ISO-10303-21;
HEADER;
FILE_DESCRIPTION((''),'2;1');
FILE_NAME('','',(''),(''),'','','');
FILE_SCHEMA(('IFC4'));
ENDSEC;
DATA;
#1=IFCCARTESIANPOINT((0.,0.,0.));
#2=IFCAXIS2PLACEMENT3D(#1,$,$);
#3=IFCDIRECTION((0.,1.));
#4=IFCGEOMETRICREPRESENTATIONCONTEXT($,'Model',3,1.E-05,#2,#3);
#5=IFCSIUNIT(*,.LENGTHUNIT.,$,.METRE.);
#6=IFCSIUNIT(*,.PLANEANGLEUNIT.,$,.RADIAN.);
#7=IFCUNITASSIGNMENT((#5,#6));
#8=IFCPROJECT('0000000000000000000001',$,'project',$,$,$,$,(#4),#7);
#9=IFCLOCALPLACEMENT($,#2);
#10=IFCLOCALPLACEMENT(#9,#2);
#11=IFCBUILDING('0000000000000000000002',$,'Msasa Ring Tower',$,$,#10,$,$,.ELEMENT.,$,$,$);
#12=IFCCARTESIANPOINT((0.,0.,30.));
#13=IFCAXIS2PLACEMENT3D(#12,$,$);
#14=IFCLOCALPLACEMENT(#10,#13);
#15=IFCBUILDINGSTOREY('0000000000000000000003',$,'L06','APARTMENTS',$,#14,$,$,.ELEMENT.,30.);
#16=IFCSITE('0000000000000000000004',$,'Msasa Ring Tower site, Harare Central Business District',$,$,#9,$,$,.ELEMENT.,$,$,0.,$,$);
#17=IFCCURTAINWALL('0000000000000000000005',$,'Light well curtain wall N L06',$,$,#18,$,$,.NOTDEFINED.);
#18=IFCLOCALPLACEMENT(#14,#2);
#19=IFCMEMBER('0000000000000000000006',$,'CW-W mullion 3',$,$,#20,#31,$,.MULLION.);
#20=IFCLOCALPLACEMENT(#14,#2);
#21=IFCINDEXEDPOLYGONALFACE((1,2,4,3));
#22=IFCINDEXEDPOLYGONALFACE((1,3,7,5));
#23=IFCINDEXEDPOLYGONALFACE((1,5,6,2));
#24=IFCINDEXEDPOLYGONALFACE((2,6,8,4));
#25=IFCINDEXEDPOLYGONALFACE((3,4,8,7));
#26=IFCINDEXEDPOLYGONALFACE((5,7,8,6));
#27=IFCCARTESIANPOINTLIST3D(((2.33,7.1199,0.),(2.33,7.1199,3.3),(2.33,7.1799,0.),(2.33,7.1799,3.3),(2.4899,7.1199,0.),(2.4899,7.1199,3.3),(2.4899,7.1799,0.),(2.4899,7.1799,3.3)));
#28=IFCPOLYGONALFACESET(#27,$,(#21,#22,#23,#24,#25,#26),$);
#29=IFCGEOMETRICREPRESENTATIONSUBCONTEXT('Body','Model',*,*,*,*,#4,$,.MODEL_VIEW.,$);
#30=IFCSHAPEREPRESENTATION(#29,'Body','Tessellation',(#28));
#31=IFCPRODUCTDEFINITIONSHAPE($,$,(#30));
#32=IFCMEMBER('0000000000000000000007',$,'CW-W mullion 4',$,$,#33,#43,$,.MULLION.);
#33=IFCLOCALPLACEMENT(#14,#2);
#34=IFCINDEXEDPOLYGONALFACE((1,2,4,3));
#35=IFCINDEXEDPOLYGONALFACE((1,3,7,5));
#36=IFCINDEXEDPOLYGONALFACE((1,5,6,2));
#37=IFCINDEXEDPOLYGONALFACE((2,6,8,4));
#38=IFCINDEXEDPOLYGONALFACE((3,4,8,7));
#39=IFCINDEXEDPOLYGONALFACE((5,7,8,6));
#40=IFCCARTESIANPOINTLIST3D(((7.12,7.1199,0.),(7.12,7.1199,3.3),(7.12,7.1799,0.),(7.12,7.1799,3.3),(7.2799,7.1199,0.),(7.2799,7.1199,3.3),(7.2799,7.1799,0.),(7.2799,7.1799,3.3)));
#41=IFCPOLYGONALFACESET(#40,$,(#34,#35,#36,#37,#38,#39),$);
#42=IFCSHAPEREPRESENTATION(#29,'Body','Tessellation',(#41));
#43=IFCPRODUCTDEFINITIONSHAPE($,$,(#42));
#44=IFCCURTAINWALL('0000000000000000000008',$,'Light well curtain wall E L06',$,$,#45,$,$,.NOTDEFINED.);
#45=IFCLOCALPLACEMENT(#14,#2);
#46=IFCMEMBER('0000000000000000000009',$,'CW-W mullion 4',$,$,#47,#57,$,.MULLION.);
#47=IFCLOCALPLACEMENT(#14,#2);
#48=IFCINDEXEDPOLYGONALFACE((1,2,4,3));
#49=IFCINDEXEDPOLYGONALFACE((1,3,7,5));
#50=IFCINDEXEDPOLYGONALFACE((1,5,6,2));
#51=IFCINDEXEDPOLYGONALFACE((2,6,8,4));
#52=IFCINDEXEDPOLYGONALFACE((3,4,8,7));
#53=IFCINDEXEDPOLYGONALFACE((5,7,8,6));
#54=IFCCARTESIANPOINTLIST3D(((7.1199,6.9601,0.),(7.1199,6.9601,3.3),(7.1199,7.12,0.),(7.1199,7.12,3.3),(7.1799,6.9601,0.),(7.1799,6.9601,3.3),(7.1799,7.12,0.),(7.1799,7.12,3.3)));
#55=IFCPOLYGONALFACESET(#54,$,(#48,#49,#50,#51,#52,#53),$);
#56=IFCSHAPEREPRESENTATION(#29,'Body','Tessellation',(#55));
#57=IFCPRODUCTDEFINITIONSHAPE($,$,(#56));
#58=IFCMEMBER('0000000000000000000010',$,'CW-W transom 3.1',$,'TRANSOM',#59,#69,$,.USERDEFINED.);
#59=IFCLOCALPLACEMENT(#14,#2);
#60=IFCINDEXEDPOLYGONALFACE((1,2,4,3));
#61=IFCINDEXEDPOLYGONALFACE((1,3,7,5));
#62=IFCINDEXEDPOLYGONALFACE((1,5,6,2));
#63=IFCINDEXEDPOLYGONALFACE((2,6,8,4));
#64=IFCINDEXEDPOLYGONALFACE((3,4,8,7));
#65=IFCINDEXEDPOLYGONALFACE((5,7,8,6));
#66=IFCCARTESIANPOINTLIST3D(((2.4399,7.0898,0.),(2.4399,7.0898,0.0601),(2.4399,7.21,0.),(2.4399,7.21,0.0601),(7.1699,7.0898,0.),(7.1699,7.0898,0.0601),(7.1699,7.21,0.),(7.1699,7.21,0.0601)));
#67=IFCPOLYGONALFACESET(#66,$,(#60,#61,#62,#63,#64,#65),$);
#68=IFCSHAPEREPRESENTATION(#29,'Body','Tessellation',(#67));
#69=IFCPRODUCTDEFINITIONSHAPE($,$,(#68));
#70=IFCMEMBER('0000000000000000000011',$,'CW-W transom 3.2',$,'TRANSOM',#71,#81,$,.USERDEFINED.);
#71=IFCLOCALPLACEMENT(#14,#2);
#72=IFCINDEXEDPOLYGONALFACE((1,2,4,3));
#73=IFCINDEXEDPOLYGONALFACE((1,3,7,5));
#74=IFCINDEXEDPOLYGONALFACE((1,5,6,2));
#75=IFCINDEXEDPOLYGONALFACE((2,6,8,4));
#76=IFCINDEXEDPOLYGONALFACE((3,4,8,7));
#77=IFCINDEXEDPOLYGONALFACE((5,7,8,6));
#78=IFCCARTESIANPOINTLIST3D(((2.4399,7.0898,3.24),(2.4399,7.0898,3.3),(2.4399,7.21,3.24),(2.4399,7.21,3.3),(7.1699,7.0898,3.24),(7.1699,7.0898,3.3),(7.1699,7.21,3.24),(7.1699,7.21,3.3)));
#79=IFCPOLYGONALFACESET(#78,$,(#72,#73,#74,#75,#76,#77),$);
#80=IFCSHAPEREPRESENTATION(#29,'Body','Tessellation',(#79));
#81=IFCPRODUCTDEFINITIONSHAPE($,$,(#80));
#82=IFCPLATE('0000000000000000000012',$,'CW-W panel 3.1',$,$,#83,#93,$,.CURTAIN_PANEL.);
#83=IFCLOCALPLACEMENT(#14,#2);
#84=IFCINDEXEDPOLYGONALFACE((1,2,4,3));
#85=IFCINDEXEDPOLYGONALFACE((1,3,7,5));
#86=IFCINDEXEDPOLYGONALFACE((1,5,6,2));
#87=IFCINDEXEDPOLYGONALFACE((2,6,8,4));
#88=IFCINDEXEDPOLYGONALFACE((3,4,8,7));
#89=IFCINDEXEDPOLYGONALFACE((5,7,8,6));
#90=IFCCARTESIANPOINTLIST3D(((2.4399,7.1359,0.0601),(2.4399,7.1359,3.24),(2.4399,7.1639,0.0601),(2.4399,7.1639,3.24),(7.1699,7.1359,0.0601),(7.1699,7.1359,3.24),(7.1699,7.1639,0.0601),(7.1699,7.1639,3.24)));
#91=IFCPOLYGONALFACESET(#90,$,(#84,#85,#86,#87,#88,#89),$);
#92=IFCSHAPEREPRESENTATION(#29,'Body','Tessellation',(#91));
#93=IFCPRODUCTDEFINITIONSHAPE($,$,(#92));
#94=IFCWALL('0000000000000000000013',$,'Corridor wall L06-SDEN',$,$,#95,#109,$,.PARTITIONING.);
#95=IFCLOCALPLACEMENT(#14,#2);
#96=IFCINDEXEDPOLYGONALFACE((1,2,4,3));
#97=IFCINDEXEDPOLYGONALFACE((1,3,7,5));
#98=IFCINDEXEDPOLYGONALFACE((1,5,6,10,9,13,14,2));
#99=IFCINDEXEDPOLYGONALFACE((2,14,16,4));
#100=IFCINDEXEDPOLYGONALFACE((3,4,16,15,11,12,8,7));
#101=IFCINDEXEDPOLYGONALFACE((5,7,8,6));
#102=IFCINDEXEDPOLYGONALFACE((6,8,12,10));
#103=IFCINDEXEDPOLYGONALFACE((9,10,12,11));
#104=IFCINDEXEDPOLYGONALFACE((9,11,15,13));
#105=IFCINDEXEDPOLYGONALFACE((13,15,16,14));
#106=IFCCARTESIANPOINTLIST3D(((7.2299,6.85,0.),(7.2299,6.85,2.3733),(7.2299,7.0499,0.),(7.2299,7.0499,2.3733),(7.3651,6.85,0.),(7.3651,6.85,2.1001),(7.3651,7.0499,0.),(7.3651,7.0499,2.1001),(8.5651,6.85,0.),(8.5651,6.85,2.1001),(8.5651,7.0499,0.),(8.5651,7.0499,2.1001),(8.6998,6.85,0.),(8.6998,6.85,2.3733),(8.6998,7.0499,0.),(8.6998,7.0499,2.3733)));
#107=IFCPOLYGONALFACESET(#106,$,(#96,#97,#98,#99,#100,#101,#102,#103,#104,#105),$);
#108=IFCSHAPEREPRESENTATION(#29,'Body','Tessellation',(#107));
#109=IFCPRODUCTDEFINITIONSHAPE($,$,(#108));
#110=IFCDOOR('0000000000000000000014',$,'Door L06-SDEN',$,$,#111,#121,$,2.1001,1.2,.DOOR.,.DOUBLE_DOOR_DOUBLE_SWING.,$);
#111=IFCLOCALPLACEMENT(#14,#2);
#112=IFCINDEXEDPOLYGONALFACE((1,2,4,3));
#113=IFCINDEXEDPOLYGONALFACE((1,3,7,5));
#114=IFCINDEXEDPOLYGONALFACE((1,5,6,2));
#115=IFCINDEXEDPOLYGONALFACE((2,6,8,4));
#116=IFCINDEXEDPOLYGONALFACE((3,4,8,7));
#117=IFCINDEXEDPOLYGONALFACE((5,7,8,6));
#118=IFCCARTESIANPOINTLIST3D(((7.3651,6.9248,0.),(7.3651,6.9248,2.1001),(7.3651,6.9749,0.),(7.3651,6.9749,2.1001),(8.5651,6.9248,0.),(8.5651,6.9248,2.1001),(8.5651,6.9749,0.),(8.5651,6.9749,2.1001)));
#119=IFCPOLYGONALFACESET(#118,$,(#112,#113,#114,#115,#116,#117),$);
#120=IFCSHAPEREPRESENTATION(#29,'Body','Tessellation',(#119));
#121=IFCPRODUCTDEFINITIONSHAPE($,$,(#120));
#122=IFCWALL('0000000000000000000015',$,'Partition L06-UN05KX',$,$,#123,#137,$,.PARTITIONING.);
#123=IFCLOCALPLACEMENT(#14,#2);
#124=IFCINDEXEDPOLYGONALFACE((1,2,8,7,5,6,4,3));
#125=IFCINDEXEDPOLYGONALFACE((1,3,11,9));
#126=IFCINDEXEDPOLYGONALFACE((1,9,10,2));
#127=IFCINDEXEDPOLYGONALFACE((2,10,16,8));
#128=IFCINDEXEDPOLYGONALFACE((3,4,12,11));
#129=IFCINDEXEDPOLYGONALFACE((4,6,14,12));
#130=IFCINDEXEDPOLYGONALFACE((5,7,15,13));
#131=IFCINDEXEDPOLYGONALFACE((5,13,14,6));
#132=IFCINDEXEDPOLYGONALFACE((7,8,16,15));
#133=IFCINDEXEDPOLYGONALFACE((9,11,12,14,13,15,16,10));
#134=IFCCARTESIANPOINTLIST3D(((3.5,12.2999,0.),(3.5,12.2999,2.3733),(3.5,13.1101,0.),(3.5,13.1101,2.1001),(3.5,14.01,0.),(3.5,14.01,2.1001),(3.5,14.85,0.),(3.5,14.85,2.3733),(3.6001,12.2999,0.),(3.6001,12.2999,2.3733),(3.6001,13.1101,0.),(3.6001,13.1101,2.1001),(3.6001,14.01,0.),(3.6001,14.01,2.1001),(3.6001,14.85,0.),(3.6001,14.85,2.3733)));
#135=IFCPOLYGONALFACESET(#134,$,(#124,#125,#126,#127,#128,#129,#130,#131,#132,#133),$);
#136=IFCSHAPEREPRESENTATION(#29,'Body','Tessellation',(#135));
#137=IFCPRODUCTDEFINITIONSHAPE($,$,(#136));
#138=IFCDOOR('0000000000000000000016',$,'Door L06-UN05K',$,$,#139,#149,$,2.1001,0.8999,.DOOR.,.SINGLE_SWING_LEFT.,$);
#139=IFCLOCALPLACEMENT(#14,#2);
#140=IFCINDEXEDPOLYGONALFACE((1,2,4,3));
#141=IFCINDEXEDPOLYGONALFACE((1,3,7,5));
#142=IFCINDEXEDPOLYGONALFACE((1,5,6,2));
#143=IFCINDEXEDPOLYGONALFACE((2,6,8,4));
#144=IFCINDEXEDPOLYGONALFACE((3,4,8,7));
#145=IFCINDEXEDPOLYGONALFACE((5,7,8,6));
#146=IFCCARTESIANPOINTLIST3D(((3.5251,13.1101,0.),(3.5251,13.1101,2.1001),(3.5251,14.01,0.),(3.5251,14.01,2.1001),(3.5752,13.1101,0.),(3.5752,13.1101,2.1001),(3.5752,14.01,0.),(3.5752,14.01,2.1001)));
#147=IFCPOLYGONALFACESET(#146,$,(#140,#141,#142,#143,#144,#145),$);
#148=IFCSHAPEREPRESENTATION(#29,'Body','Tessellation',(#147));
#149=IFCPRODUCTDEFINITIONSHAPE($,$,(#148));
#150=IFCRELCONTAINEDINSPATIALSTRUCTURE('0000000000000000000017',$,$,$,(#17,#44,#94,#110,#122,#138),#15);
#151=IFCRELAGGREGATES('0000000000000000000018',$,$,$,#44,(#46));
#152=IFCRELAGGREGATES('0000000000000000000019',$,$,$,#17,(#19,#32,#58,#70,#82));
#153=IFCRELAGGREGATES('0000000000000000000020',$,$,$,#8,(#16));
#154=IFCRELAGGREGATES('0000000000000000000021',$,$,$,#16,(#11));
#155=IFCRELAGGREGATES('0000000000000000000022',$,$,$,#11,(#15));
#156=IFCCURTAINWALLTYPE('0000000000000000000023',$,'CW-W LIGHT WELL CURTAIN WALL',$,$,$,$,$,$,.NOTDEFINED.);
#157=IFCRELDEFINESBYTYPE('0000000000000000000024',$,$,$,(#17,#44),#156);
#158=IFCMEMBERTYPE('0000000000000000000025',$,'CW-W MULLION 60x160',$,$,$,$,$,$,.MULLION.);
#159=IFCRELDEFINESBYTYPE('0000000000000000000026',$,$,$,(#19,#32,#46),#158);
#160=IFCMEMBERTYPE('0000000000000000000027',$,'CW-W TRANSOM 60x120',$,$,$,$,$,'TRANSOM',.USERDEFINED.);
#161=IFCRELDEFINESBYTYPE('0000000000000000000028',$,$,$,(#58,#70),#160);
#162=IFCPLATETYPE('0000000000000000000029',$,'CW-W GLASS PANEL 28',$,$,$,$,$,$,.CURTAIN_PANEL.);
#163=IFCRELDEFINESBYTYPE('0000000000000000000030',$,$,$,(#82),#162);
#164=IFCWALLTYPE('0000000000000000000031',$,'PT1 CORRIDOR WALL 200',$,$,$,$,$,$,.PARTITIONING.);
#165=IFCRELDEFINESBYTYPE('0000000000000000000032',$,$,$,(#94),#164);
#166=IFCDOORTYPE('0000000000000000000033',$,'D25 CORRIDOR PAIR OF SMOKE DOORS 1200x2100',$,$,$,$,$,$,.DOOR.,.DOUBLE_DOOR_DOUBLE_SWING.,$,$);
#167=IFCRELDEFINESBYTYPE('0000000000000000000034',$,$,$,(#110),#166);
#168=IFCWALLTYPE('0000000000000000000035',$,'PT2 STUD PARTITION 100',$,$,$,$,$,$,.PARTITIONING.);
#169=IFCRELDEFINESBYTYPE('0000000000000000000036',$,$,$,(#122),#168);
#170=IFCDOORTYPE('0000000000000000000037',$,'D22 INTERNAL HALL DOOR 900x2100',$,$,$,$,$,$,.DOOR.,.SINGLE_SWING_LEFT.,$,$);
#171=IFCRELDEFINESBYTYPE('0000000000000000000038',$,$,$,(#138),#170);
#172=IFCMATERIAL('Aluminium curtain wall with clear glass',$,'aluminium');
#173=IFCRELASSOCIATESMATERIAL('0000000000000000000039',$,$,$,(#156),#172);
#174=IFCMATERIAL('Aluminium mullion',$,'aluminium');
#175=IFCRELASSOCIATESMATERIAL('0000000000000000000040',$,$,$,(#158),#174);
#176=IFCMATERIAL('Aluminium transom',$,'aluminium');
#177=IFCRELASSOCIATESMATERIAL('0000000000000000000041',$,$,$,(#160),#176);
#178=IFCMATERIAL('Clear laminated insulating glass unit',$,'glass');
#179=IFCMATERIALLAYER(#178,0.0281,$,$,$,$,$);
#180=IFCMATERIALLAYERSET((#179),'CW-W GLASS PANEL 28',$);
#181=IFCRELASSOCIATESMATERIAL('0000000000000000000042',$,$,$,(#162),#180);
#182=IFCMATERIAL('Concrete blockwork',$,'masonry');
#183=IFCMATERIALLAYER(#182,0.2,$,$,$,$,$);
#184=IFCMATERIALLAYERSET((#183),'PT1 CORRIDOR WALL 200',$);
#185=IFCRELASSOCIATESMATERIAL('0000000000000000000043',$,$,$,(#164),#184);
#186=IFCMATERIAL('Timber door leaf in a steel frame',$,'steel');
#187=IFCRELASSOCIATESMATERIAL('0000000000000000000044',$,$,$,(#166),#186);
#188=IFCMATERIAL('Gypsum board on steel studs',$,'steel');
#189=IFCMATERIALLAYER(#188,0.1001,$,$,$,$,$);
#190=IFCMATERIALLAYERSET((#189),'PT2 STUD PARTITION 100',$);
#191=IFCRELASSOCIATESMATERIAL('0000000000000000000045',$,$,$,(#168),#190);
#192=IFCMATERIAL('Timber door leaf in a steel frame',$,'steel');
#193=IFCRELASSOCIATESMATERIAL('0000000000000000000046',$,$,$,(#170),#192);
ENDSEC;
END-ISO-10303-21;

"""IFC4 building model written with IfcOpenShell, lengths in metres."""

from ifc_helpers import new_model, si_unit, direction, frame, frame_2d, origin, origin_2d, place, context, subcontext, project, spatial, rectangle, extrude, material, layer, layer_set, material_profile, profile_set, type_object, element, fill, aggregate, save


model = new_model("IFC4")

# Units and contexts
model_context = context("Model", 3, precision=1e-05, world=origin(), true_north=direction((0.0, 1.0)))
body_context = subcontext(model_context, "Body", "Model", "MODEL_VIEW")
ifc_project = project(units=[si_unit("LENGTHUNIT", "METRE"), si_unit("PLANEANGLEUNIT", "RADIAN")], contexts=[model_context])

# Site, building, storey
site_placement = place(None, origin())
site = spatial("IfcSite", under=ifc_project, at=site_placement, Name="Msasa Ring Tower site, Harare Central Business District", CompositionType="ELEMENT", RefElevation=0.0)
building_placement = place(site_placement, origin())
building = spatial("IfcBuilding", under=site, at=building_placement, Name="Msasa Ring Tower", CompositionType="ELEMENT")
storey_placement = place(building_placement, frame((0.0, 0.0, 30.0)))
storey = spatial("IfcBuildingStorey", under=building, at=storey_placement, Name="L06", Description="APARTMENTS", CompositionType="ELEMENT", Elevation=30.0)

# Curtain wall, members
ifc_material_1 = material(Name="Aluminium curtain wall with clear glass", Category="aluminium")
curtain_wall_type = type_object("IfcCurtainWallType", Name="CW-W LIGHT WELL CURTAIN WALL", PredefinedType="NOTDEFINED", material=ifc_material_1)
curtain_wall_1_placement = place(storey_placement, origin())
curtain_wall_1 = element("IfcCurtainWall", 1, at=curtain_wall_1_placement, inside=storey, type_object=curtain_wall_type, Name="Light well curtain wall N L06", PredefinedType="NOTDEFINED")
ifc_material_2 = material(Name="Aluminium mullion", Category="aluminium")
ifc_material_profile_1 = material_profile(ifc_material_2, rectangle(XDim=0.0601, YDim=0.1599, at=origin_2d()), Name="AL 60x160")
ifc_profile_set_1 = profile_set([ifc_material_profile_1], Name="Aluminium mullion")
member_type_1 = type_object("IfcMemberType", Name="CW-W MULLION 60x160", PredefinedType="MULLION", material=ifc_profile_set_1)
member_1_placement = place(storey_placement, frame((2.4099, 7.1499, 0.0), z_axis=(0.0, 0.0, 1.0), x_axis=(0.0, 1.0, 0.0)))
member_1 = element("IfcMember", 2, at=member_1_placement, type_object=member_type_1, Name="CW-W mullion 3", PredefinedType="MULLION", context=body_context, shape_type="SweptSolid", body=[
    extrude(rectangle(XDim=0.0601, YDim=0.1599, at=origin_2d()), origin(), (0.0, 0.0, 1.0), 3.3),
])
member_2_placement = place(storey_placement, frame((7.2, 7.1499, 0.0), z_axis=(0.0, 0.0, 1.0), x_axis=(0.0, 1.0, 0.0)))
member_2 = element("IfcMember", 3, at=member_2_placement, type_object=member_type_1, Name="CW-W mullion 4", PredefinedType="MULLION", context=body_context, shape_type="SweptSolid", body=[
    extrude(rectangle(XDim=0.0601, YDim=0.1599, at=origin_2d()), origin(), (0.0, 0.0, 1.0), 3.3),
])

# Curtain wall, member
curtain_wall_2_placement = place(storey_placement, origin())
curtain_wall_2 = element("IfcCurtainWall", 4, at=curtain_wall_2_placement, inside=storey, type_object=curtain_wall_type, Name="Light well curtain wall E L06", PredefinedType="NOTDEFINED")
member_3_placement = place(storey_placement, frame((7.1499, 7.04, 0.0), z_axis=(0.0, 0.0, 1.0), x_axis=(-1.0, 0.0, 0.0)))
member_3 = element("IfcMember", 5, at=member_3_placement, type_object=member_type_1, Name="CW-W mullion 4", PredefinedType="MULLION", context=body_context, shape_type="SweptSolid", body=[
    extrude(rectangle(XDim=0.0601, YDim=0.1599, at=origin_2d()), origin(), (0.0, 0.0, 1.0), 3.3),
])
aggregate(curtain_wall_2, [member_3])

# Members
ifc_material_3 = material(Name="Aluminium transom", Category="aluminium")
ifc_material_profile_2 = material_profile(ifc_material_3, rectangle(XDim=0.1201, YDim=0.0601, at=origin_2d()), Name="AL 60x120")
ifc_profile_set_2 = profile_set([ifc_material_profile_2], Name="Aluminium transom")
member_type_2 = type_object("IfcMemberType", Name="CW-W TRANSOM 60x120", ElementType="TRANSOM", PredefinedType="USERDEFINED", material=ifc_profile_set_2)
member_4_placement = place(storey_placement, frame((2.4399, 7.1499, 0.03), z_axis=(1.0, 0.0, 0.0), x_axis=(0.0, 1.0, 0.0)))
member_4 = element("IfcMember", 6, at=member_4_placement, type_object=member_type_2, Name="CW-W transom 3.1", ObjectType="TRANSOM", PredefinedType="USERDEFINED", context=body_context, shape_type="SweptSolid", body=[
    extrude(rectangle(XDim=0.1201, YDim=0.0601, at=origin_2d()), origin(), (0.0, 0.0, 1.0), 4.73),
])
member_5_placement = place(storey_placement, frame((2.4399, 7.1499, 3.27), z_axis=(1.0, 0.0, 0.0), x_axis=(0.0, 1.0, 0.0)))
member_5 = element("IfcMember", 7, at=member_5_placement, type_object=member_type_2, Name="CW-W transom 3.2", ObjectType="TRANSOM", PredefinedType="USERDEFINED", context=body_context, shape_type="SweptSolid", body=[
    extrude(rectangle(XDim=0.1201, YDim=0.0601, at=origin_2d()), origin(), (0.0, 0.0, 1.0), 4.73),
])

# Plate
ifc_material_4 = material(Name="Clear laminated insulating glass unit", Category="glass")
ifc_layer_1 = layer(ifc_material_4, 0.0281)
ifc_layer_set_1 = layer_set([ifc_layer_1], Name="CW-W GLASS PANEL 28")
plate_type = type_object("IfcPlateType", Name="CW-W GLASS PANEL 28", PredefinedType="CURTAIN_PANEL", material=ifc_layer_set_1)
plate_placement = place(storey_placement, frame((4.8049, 7.1499, 0.0601), z_axis=(0.0, 0.0, 1.0), x_axis=(1.0, 0.0, 0.0)))
plate = element("IfcPlate", 8, at=plate_placement, type_object=plate_type, Name="CW-W panel 3.1", PredefinedType="CURTAIN_PANEL", context=body_context, shape_type="SweptSolid", body=[
    extrude(rectangle(XDim=4.73, YDim=0.0281, at=origin_2d()), origin(), (0.0, 0.0, 1.0), 3.1799),
])
aggregate(curtain_wall_1, [member_1, member_2, member_4, member_5, plate])

# Walls, openings, doors
ifc_material_5 = material(Name="Concrete blockwork", Category="masonry")
ifc_layer_2 = layer(ifc_material_5, 0.2)
ifc_layer_set_2 = layer_set([ifc_layer_2], Name="PT1 CORRIDOR WALL 200")
wall_type_1 = type_object("IfcWallType", Name="PT1 CORRIDOR WALL 200", PredefinedType="PARTITIONING", material=ifc_layer_set_2)
wall_1_placement = place(storey_placement, frame((7.23, 6.95, 0.0), z_axis=(0.0, 0.0, 1.0), x_axis=(1.0, 0.0, 0.0)))
wall_1 = element("IfcWall", 9, at=wall_1_placement, inside=storey, type_object=wall_type_1, Name="Corridor wall L06-SDEN", PredefinedType="PARTITIONING", context=body_context, shape_type="SweptSolid", body=[
    extrude(rectangle(XDim=1.47, YDim=0.2, at=frame_2d((0.7349, 0.0))), origin(), (0.0, 0.0, 1.0), 2.3733),
])
opening_1_placement = place(wall_1_placement, frame((0.135, 0.0, 0.0)))
opening_1 = element("IfcOpeningElement", 10, at=opening_1_placement, cuts=wall_1, PredefinedType="OPENING", context=body_context, shape_type="SweptSolid", body=[
    extrude(rectangle(XDim=1.2, YDim=2.1001, at=frame_2d((0.6001, 1.05))), frame((0.0, 0.1099, 0.0), z_axis=(0.0, -1.0, 0.0), x_axis=(1.0, 0.0, 0.0)), (0.0, 0.0, 1.0), 0.22),
])
ifc_material_6 = material(Name="Timber door leaf in a steel frame", Category="steel")
door_type_1 = type_object("IfcDoorType", Name="D25 CORRIDOR PAIR OF SMOKE DOORS 1200x2100", OperationType="DOUBLE_DOOR_DOUBLE_SWING", PredefinedType="DOOR", material=ifc_material_6)
door_1_placement = place(opening_1_placement, origin())
door_1 = element("IfcDoor", 11, at=door_1_placement, inside=storey, type_object=door_type_1, Name="Door L06-SDEN", OperationType="DOUBLE_DOOR_DOUBLE_SWING", OverallHeight=2.1001, OverallWidth=1.2, PredefinedType="DOOR", context=body_context, shape_type="SweptSolid", body=[
    extrude(rectangle(XDim=1.2, YDim=2.1001, at=frame_2d((0.6001, 1.05))), frame((0.0, 0.0249, 0.0), z_axis=(0.0, -1.0, 0.0), x_axis=(1.0, 0.0, 0.0)), (0.0, 0.0, 1.0), 0.05),
])
fill(opening_1, door_1)
ifc_material_7 = material(Name="Gypsum board on steel studs", Category="steel")
ifc_layer_3 = layer(ifc_material_7, 0.1001)
ifc_layer_set_3 = layer_set([ifc_layer_3], Name="PT2 STUD PARTITION 100")
wall_type_2 = type_object("IfcWallType", Name="PT2 STUD PARTITION 100", PredefinedType="PARTITIONING", material=ifc_layer_set_3)
wall_2_placement = place(storey_placement, frame((3.55, 12.3, 0.0), z_axis=(0.0, 0.0, 1.0), x_axis=(0.0, 1.0, 0.0)))
wall_2 = element("IfcWall", 12, at=wall_2_placement, inside=storey, type_object=wall_type_2, Name="Partition L06-UN05KX", PredefinedType="PARTITIONING", context=body_context, shape_type="SweptSolid", body=[
    extrude(rectangle(XDim=2.55, YDim=0.1001, at=frame_2d((1.2749, 0.0))), origin(), (0.0, 0.0, 1.0), 2.3733),
])
opening_2_placement = place(wall_2_placement, frame((0.8101, 0.0, 0.0)))
opening_2 = element("IfcOpeningElement", 13, at=opening_2_placement, cuts=wall_2, PredefinedType="OPENING", context=body_context, shape_type="SweptSolid", body=[
    extrude(rectangle(XDim=0.8999, YDim=2.1001, at=frame_2d((0.45, 1.05))), frame((0.0, 0.0601, 0.0), z_axis=(0.0, -1.0, 0.0), x_axis=(1.0, 0.0, 0.0)), (0.0, 0.0, 1.0), 0.1201),
])
ifc_material_8 = material(Name="Timber door leaf in a steel frame", Category="steel")
door_type_2 = type_object("IfcDoorType", Name="D22 INTERNAL HALL DOOR 900x2100", OperationType="SINGLE_SWING_LEFT", PredefinedType="DOOR", material=ifc_material_8)
door_2_placement = place(opening_2_placement, origin())
door_2 = element("IfcDoor", 14, at=door_2_placement, inside=storey, type_object=door_type_2, Name="Door L06-UN05K", OperationType="SINGLE_SWING_LEFT", OverallHeight=2.1001, OverallWidth=0.8999, PredefinedType="DOOR", context=body_context, shape_type="SweptSolid", body=[
    extrude(rectangle(XDim=0.8999, YDim=2.1001, at=frame_2d((0.45, 1.05))), frame((0.0, 0.0249, 0.0), z_axis=(0.0, -1.0, 0.0), x_axis=(1.0, 0.0, 0.0)), (0.0, 0.0, 1.0), 0.05),
])
fill(opening_2, door_2)

save(model, "model.ifc")
